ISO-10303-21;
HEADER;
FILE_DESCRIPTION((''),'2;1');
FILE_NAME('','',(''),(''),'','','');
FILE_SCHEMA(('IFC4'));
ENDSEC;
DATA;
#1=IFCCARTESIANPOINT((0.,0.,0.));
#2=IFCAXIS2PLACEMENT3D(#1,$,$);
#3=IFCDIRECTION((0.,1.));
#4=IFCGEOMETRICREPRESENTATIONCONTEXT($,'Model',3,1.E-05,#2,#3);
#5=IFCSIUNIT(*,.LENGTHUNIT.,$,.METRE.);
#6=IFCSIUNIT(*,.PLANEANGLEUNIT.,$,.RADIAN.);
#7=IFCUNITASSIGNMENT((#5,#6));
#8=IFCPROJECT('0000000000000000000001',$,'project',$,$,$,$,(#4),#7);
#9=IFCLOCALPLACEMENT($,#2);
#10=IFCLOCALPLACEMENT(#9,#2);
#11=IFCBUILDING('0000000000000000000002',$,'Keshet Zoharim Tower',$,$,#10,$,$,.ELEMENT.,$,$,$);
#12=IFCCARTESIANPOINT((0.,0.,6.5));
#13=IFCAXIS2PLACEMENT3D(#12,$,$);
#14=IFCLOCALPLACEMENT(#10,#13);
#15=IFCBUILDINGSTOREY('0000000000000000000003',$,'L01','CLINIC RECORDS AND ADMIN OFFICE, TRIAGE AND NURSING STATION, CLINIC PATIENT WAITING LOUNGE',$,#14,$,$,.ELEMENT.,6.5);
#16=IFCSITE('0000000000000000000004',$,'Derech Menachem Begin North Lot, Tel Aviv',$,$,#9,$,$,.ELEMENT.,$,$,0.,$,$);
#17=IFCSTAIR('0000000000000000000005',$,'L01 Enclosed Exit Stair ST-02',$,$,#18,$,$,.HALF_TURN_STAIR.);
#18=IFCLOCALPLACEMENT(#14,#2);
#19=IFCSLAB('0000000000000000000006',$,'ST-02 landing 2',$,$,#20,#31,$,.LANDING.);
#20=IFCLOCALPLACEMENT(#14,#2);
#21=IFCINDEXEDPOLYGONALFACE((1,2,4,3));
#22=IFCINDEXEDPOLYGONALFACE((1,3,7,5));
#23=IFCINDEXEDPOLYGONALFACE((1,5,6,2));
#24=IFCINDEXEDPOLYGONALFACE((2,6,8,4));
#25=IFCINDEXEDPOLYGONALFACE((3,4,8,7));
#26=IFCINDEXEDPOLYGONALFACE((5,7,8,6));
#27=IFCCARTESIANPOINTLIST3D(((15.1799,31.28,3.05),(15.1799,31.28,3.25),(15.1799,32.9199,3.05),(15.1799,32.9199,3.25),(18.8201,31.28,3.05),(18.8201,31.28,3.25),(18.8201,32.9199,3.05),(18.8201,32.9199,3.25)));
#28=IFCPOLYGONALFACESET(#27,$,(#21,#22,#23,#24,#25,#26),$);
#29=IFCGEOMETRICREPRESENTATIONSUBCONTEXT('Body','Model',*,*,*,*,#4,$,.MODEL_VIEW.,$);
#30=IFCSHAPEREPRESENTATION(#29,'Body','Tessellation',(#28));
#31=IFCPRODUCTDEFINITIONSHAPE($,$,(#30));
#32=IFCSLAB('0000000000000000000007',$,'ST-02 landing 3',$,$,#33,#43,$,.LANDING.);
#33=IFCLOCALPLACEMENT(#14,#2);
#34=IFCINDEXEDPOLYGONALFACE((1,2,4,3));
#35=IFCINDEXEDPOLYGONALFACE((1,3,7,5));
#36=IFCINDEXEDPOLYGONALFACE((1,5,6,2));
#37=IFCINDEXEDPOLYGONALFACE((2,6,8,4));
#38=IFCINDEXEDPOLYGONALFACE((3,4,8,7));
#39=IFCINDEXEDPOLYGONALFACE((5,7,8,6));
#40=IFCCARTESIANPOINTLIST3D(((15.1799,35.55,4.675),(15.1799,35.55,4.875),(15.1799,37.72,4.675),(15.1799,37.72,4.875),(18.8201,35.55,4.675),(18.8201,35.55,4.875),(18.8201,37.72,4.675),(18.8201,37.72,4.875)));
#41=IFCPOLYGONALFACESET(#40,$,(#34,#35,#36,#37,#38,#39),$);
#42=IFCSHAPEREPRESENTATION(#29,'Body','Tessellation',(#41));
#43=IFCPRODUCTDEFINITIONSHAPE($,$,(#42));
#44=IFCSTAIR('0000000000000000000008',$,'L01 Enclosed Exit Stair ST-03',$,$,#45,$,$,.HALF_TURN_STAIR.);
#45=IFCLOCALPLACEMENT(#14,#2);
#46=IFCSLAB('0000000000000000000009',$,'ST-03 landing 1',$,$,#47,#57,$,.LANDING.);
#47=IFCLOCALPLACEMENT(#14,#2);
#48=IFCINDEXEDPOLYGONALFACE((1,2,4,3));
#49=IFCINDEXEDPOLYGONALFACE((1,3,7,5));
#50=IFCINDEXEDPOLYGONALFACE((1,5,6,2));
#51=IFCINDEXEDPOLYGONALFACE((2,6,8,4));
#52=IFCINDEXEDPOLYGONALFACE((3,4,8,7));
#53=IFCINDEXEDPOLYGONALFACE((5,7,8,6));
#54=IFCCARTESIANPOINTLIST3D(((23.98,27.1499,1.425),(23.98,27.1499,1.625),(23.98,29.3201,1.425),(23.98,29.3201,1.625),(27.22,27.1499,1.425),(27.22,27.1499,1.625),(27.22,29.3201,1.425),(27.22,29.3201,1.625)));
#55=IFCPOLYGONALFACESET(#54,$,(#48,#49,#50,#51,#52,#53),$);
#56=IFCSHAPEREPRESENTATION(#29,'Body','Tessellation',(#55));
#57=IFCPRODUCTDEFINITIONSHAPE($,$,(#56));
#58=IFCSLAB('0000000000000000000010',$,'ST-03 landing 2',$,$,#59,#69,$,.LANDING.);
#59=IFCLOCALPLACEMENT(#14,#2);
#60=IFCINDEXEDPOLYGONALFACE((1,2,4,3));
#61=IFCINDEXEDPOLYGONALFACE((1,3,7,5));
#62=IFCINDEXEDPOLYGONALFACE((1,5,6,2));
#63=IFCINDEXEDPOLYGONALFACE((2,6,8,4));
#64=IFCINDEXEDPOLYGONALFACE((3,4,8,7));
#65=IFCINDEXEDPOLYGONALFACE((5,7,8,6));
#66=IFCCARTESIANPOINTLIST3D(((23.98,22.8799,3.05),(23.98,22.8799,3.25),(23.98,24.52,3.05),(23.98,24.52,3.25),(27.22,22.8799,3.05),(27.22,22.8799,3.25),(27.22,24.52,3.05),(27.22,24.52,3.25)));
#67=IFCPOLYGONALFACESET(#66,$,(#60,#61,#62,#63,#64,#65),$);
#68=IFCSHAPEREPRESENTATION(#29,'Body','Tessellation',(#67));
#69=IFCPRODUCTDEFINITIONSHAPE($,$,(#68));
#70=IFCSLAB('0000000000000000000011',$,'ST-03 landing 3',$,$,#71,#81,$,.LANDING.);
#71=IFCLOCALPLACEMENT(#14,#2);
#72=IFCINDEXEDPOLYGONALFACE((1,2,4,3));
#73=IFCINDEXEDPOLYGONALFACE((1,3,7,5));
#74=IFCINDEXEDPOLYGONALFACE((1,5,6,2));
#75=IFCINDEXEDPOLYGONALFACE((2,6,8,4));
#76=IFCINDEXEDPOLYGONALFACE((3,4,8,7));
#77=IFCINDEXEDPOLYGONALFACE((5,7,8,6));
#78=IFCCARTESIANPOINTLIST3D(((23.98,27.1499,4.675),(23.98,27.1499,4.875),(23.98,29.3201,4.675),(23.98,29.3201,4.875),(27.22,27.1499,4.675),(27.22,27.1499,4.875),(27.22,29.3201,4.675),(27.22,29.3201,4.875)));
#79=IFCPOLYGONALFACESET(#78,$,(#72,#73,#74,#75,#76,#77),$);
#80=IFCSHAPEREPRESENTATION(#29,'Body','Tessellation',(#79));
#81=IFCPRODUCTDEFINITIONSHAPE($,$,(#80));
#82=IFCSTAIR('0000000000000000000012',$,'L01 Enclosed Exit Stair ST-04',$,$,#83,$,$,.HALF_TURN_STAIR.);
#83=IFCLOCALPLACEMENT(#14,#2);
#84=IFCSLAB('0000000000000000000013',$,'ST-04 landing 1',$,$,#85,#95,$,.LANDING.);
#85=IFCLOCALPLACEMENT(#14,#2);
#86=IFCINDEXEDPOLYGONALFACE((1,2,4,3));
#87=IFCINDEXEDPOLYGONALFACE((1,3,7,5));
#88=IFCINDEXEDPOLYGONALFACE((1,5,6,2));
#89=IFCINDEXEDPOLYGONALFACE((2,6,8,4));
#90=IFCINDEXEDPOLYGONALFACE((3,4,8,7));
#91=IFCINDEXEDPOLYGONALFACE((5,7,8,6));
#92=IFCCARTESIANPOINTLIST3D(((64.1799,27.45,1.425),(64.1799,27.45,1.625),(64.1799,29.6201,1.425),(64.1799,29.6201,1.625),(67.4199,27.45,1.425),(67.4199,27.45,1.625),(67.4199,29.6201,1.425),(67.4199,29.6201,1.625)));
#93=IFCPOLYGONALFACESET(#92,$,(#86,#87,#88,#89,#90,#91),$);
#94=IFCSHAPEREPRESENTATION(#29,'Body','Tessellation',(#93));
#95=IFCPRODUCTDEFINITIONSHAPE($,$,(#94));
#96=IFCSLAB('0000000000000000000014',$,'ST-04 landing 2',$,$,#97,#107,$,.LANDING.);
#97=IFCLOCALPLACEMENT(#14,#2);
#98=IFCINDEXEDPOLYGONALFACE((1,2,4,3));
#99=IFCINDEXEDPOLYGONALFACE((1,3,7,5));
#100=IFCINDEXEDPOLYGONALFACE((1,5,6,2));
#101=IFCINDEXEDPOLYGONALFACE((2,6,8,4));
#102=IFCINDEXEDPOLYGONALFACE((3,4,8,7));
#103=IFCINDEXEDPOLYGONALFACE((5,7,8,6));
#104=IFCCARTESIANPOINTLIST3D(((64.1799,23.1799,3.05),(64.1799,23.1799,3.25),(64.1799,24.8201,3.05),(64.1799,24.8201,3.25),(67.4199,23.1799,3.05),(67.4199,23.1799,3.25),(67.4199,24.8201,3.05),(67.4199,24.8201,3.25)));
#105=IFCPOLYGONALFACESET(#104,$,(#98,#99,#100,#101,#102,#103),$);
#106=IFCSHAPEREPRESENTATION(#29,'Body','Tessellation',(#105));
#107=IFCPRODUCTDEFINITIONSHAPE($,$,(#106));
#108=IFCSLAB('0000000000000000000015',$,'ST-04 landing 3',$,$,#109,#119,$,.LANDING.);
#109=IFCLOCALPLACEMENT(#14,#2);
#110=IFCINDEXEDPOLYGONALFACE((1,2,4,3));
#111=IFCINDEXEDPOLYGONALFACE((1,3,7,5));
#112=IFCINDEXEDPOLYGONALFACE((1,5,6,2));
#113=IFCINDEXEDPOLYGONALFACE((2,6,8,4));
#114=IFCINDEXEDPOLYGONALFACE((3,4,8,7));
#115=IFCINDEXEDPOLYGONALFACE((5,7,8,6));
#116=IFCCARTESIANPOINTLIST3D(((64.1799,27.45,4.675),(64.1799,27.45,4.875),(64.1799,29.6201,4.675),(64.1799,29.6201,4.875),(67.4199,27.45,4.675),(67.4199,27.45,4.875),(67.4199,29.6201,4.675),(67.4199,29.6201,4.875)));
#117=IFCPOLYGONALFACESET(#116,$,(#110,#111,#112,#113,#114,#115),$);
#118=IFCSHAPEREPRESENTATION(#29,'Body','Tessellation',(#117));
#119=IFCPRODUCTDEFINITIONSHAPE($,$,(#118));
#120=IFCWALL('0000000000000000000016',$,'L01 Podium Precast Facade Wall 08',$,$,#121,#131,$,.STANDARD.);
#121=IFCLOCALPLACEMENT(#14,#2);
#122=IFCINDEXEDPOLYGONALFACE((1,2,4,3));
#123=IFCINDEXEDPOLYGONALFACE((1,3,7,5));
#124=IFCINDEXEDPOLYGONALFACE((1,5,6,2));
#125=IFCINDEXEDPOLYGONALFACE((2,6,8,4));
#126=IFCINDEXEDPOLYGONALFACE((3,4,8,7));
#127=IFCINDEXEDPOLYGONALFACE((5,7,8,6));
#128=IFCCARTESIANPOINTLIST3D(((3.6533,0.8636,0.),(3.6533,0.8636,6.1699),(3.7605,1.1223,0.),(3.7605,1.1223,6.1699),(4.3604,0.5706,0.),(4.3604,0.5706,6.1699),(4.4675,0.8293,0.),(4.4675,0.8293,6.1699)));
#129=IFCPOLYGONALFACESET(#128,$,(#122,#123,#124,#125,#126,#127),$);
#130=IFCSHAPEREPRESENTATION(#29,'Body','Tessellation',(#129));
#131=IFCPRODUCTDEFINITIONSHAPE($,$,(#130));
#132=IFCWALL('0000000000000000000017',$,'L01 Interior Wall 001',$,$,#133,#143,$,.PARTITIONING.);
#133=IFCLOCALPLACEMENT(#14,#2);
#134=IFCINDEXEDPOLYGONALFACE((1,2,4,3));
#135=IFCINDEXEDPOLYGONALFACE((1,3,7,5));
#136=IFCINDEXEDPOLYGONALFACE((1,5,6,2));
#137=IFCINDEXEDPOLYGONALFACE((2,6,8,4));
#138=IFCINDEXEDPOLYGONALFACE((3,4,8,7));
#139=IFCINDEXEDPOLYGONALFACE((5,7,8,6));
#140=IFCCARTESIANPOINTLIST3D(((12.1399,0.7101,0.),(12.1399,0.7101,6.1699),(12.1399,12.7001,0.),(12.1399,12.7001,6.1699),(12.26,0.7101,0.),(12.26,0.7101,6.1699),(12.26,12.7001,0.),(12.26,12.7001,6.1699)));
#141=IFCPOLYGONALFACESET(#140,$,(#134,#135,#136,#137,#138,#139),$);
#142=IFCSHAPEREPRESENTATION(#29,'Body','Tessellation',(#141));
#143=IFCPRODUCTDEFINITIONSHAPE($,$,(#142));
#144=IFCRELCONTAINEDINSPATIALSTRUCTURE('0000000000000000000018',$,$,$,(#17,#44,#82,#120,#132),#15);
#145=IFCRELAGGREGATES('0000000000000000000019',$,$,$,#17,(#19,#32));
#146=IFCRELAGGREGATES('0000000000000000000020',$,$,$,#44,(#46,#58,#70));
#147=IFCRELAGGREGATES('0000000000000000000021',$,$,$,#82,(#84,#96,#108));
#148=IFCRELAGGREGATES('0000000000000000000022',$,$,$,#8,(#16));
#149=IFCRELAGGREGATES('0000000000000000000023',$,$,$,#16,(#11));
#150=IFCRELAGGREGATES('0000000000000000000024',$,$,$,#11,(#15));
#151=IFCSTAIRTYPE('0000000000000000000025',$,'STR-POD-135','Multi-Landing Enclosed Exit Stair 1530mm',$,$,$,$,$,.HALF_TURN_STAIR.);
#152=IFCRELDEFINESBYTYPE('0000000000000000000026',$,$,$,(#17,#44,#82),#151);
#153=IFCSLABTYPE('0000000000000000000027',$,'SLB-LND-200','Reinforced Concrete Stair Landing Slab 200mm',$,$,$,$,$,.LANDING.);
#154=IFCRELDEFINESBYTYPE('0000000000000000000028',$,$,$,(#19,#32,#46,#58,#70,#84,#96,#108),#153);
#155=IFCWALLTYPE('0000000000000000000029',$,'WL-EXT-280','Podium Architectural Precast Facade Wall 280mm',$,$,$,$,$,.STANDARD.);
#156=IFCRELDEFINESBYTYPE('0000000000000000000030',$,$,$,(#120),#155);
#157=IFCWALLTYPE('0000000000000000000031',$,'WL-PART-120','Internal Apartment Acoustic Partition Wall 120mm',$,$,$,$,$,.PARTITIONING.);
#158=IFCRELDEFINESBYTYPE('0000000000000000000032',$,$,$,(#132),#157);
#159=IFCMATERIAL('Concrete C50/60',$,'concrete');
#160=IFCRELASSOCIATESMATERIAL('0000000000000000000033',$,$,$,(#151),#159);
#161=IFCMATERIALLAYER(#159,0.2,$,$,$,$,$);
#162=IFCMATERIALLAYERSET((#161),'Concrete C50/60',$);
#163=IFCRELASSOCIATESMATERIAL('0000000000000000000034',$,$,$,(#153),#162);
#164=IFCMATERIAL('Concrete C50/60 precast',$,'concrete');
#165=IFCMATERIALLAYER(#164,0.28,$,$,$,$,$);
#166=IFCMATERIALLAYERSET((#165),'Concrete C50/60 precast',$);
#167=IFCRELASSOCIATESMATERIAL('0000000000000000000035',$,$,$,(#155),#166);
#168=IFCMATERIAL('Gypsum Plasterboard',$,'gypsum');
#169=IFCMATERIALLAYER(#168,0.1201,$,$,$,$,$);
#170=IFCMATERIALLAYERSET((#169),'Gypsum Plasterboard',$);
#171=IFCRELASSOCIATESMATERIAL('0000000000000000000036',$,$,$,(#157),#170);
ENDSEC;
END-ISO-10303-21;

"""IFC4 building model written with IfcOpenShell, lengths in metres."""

from ifc_helpers import new_model, si_unit, direction, frame, frame_2d, origin, place, context, subcontext, project, spatial, polyline, rectangle, outline, extrude, material, layer, layer_set, type_object, element, aggregate, save


model = new_model("IFC4")

# Units and contexts
model_context = context("Model", 3, precision=1e-05, world=origin(), true_north=direction((0.0, 1.0)))
body_context = subcontext(model_context, "Body", "Model", "MODEL_VIEW")
ifc_project = project(units=[si_unit("LENGTHUNIT", "METRE"), si_unit("PLANEANGLEUNIT", "RADIAN")], contexts=[model_context])

# Site, building, storey
site_placement = place(None, origin())
site = spatial("IfcSite", under=ifc_project, at=site_placement, Name="Derech Menachem Begin North Lot, Tel Aviv", CompositionType="ELEMENT", RefElevation=0.0)
building_placement = place(site_placement, origin())
building = spatial("IfcBuilding", under=site, at=building_placement, Name="Keshet Zoharim Tower", CompositionType="ELEMENT")
storey_placement = place(building_placement, frame((0.0, 0.0, 6.5)))
storey = spatial("IfcBuildingStorey", under=building, at=storey_placement, Name="L01", Description="CLINIC RECORDS AND ADMIN OFFICE, TRIAGE AND NURSING STATION, CLINIC PATIENT WAITING LOUNGE", CompositionType="ELEMENT", Elevation=6.5)

# Shared definitions
ifc_material_1 = material(Name="Concrete C50/60", Category="concrete")

# Stairs, slabs
stair_type = type_object("IfcStairType", Name="STR-POD-135", Description="Multi-Landing Enclosed Exit Stair 1530mm", PredefinedType="HALF_TURN_STAIR", material=ifc_material_1)
ifc_layer_1 = layer(ifc_material_1, 0.2)
ifc_layer_set_1 = layer_set([ifc_layer_1], Name="Concrete C50/60")
slab_type_1 = type_object("IfcSlabType", Name="SLB-LND-200", Description="Reinforced Concrete Stair Landing Slab 200mm", PredefinedType="LANDING", material=ifc_layer_set_1)
stair_1_placement = place(storey_placement, origin())
stair_1 = element("IfcStair", 1, at=stair_1_placement, inside=storey, type_object=stair_type, Name="L01 Enclosed Exit Stair ST-02", PredefinedType="HALF_TURN_STAIR")
slab_1_placement = place(storey_placement, frame((0.0, 0.0, 3.05)))
slab_1 = element("IfcSlab", 2, at=slab_1_placement, type_object=slab_type_1, Name="ST-02 landing 2", PredefinedType="LANDING", context=body_context, shape_type="SweptSolid", body=[
    extrude(outline(polyline([(15.1799, 31.28), (18.8201, 31.28), (18.8201, 32.9199), (15.1799, 32.9199), (15.1799, 31.28)])), origin(), (0.0, 0.0, 1.0), 0.2),
])
slab_2_placement = place(storey_placement, frame((0.0, 0.0, 4.675)))
slab_2 = element("IfcSlab", 3, at=slab_2_placement, type_object=slab_type_1, Name="ST-02 landing 3", PredefinedType="LANDING", context=body_context, shape_type="SweptSolid", body=[
    extrude(outline(polyline([(15.1799, 35.55), (18.8201, 35.55), (18.8201, 37.72), (15.1799, 37.72), (15.1799, 35.55)])), origin(), (0.0, 0.0, 1.0), 0.2),
])
aggregate(stair_1, [slab_1, slab_2])
stair_2_placement = place(storey_placement, origin())
stair_2 = element("IfcStair", 4, at=stair_2_placement, inside=storey, type_object=stair_type, Name="L01 Enclosed Exit Stair ST-03", PredefinedType="HALF_TURN_STAIR")
slab_3_placement = place(storey_placement, frame((0.0, 0.0, 1.425)))
slab_3 = element("IfcSlab", 5, at=slab_3_placement, type_object=slab_type_1, Name="ST-03 landing 1", PredefinedType="LANDING", context=body_context, shape_type="SweptSolid", body=[
    extrude(outline(polyline([(23.98, 27.1499), (27.22, 27.1499), (27.22, 29.3201), (23.98, 29.3201), (23.98, 27.1499)])), origin(), (0.0, 0.0, 1.0), 0.2),
])
slab_4_placement = place(storey_placement, frame((0.0, 0.0, 3.05)))
slab_4 = element("IfcSlab", 6, at=slab_4_placement, type_object=slab_type_1, Name="ST-03 landing 2", PredefinedType="LANDING", context=body_context, shape_type="SweptSolid", body=[
    extrude(outline(polyline([(23.98, 22.8799), (27.22, 22.8799), (27.22, 24.52), (23.98, 24.52), (23.98, 22.8799)])), origin(), (0.0, 0.0, 1.0), 0.2),
])
slab_5_placement = place(storey_placement, frame((0.0, 0.0, 4.675)))
slab_5 = element("IfcSlab", 7, at=slab_5_placement, type_object=slab_type_1, Name="ST-03 landing 3", PredefinedType="LANDING", context=body_context, shape_type="SweptSolid", body=[
    extrude(outline(polyline([(23.98, 27.1499), (27.22, 27.1499), (27.22, 29.3201), (23.98, 29.3201), (23.98, 27.1499)])), origin(), (0.0, 0.0, 1.0), 0.2),
])
aggregate(stair_2, [slab_3, slab_4, slab_5])
stair_3_placement = place(storey_placement, origin())
stair_3 = element("IfcStair", 8, at=stair_3_placement, inside=storey, type_object=stair_type, Name="L01 Enclosed Exit Stair ST-04", PredefinedType="HALF_TURN_STAIR")
slab_6_placement = place(storey_placement, frame((0.0, 0.0, 1.425)))
slab_6 = element("IfcSlab", 9, at=slab_6_placement, type_object=slab_type_1, Name="ST-04 landing 1", PredefinedType="LANDING", context=body_context, shape_type="SweptSolid", body=[
    extrude(outline(polyline([(64.1799, 27.45), (67.4199, 27.45), (67.4199, 29.6201), (64.1799, 29.6201), (64.1799, 27.45)])), origin(), (0.0, 0.0, 1.0), 0.2),
])
slab_7_placement = place(storey_placement, frame((0.0, 0.0, 3.05)))
slab_7 = element("IfcSlab", 10, at=slab_7_placement, type_object=slab_type_1, Name="ST-04 landing 2", PredefinedType="LANDING", context=body_context, shape_type="SweptSolid", body=[
    extrude(outline(polyline([(64.1799, 23.1799), (67.4199, 23.1799), (67.4199, 24.8201), (64.1799, 24.8201), (64.1799, 23.1799)])), origin(), (0.0, 0.0, 1.0), 0.2),
])
slab_8_placement = place(storey_placement, frame((0.0, 0.0, 4.675)))
slab_8 = element("IfcSlab", 11, at=slab_8_placement, type_object=slab_type_1, Name="ST-04 landing 3", PredefinedType="LANDING", context=body_context, shape_type="SweptSolid", body=[
    extrude(outline(polyline([(64.1799, 27.45), (67.4199, 27.45), (67.4199, 29.6201), (64.1799, 29.6201), (64.1799, 27.45)])), origin(), (0.0, 0.0, 1.0), 0.2),
])
aggregate(stair_3, [slab_6, slab_7, slab_8])

# Walls
ifc_material_2 = material(Name="Concrete C50/60 precast", Category="concrete")
ifc_layer_2 = layer(ifc_material_2, 0.28)
ifc_layer_set_2 = layer_set([ifc_layer_2], Name="Concrete C50/60 precast")
wall_type_1 = type_object("IfcWallType", Name="WL-EXT-280", Description="Podium Architectural Precast Facade Wall 280mm", PredefinedType="STANDARD", material=ifc_layer_set_2)
wall_1_placement = place(storey_placement, frame((4.4141, 0.7, 0.0), z_axis=(0.0, 0.0, 1.0), x_axis=(-0.92383, 0.382803, 0.0)))
element("IfcWall", 12, at=wall_1_placement, inside=storey, type_object=wall_type_1, Name="L01 Podium Precast Facade Wall 08", PredefinedType="STANDARD", context=body_context, shape_type="SweptSolid", body=[
    extrude(rectangle(XDim=0.7654, YDim=0.28, at=frame_2d((0.3828, 0.0))), origin(), (0.0, 0.0, 1.0), 6.1699),
])
ifc_material_3 = material(Name="Gypsum Plasterboard", Category="gypsum")
ifc_layer_3 = layer(ifc_material_3, 0.1201)
ifc_layer_set_3 = layer_set([ifc_layer_3], Name="Gypsum Plasterboard")
wall_type_2 = type_object("IfcWallType", Name="WL-PART-120", Description="Internal Apartment Acoustic Partition Wall 120mm", PredefinedType="PARTITIONING", material=ifc_layer_set_3)
wall_2_placement = place(storey_placement, frame((12.2, 0.71, 0.0), z_axis=(0.0, 0.0, 1.0), x_axis=(0.0, 1.0, 0.0)))
element("IfcWall", 13, at=wall_2_placement, inside=storey, type_object=wall_type_2, Name="L01 Interior Wall 001", PredefinedType="PARTITIONING", context=body_context, shape_type="SweptSolid", body=[
    extrude(rectangle(XDim=11.99, YDim=0.1201, at=frame_2d((5.9951, 0.0))), origin(), (0.0, 0.0, 1.0), 6.1699),
])

save(model, "model.ifc")
